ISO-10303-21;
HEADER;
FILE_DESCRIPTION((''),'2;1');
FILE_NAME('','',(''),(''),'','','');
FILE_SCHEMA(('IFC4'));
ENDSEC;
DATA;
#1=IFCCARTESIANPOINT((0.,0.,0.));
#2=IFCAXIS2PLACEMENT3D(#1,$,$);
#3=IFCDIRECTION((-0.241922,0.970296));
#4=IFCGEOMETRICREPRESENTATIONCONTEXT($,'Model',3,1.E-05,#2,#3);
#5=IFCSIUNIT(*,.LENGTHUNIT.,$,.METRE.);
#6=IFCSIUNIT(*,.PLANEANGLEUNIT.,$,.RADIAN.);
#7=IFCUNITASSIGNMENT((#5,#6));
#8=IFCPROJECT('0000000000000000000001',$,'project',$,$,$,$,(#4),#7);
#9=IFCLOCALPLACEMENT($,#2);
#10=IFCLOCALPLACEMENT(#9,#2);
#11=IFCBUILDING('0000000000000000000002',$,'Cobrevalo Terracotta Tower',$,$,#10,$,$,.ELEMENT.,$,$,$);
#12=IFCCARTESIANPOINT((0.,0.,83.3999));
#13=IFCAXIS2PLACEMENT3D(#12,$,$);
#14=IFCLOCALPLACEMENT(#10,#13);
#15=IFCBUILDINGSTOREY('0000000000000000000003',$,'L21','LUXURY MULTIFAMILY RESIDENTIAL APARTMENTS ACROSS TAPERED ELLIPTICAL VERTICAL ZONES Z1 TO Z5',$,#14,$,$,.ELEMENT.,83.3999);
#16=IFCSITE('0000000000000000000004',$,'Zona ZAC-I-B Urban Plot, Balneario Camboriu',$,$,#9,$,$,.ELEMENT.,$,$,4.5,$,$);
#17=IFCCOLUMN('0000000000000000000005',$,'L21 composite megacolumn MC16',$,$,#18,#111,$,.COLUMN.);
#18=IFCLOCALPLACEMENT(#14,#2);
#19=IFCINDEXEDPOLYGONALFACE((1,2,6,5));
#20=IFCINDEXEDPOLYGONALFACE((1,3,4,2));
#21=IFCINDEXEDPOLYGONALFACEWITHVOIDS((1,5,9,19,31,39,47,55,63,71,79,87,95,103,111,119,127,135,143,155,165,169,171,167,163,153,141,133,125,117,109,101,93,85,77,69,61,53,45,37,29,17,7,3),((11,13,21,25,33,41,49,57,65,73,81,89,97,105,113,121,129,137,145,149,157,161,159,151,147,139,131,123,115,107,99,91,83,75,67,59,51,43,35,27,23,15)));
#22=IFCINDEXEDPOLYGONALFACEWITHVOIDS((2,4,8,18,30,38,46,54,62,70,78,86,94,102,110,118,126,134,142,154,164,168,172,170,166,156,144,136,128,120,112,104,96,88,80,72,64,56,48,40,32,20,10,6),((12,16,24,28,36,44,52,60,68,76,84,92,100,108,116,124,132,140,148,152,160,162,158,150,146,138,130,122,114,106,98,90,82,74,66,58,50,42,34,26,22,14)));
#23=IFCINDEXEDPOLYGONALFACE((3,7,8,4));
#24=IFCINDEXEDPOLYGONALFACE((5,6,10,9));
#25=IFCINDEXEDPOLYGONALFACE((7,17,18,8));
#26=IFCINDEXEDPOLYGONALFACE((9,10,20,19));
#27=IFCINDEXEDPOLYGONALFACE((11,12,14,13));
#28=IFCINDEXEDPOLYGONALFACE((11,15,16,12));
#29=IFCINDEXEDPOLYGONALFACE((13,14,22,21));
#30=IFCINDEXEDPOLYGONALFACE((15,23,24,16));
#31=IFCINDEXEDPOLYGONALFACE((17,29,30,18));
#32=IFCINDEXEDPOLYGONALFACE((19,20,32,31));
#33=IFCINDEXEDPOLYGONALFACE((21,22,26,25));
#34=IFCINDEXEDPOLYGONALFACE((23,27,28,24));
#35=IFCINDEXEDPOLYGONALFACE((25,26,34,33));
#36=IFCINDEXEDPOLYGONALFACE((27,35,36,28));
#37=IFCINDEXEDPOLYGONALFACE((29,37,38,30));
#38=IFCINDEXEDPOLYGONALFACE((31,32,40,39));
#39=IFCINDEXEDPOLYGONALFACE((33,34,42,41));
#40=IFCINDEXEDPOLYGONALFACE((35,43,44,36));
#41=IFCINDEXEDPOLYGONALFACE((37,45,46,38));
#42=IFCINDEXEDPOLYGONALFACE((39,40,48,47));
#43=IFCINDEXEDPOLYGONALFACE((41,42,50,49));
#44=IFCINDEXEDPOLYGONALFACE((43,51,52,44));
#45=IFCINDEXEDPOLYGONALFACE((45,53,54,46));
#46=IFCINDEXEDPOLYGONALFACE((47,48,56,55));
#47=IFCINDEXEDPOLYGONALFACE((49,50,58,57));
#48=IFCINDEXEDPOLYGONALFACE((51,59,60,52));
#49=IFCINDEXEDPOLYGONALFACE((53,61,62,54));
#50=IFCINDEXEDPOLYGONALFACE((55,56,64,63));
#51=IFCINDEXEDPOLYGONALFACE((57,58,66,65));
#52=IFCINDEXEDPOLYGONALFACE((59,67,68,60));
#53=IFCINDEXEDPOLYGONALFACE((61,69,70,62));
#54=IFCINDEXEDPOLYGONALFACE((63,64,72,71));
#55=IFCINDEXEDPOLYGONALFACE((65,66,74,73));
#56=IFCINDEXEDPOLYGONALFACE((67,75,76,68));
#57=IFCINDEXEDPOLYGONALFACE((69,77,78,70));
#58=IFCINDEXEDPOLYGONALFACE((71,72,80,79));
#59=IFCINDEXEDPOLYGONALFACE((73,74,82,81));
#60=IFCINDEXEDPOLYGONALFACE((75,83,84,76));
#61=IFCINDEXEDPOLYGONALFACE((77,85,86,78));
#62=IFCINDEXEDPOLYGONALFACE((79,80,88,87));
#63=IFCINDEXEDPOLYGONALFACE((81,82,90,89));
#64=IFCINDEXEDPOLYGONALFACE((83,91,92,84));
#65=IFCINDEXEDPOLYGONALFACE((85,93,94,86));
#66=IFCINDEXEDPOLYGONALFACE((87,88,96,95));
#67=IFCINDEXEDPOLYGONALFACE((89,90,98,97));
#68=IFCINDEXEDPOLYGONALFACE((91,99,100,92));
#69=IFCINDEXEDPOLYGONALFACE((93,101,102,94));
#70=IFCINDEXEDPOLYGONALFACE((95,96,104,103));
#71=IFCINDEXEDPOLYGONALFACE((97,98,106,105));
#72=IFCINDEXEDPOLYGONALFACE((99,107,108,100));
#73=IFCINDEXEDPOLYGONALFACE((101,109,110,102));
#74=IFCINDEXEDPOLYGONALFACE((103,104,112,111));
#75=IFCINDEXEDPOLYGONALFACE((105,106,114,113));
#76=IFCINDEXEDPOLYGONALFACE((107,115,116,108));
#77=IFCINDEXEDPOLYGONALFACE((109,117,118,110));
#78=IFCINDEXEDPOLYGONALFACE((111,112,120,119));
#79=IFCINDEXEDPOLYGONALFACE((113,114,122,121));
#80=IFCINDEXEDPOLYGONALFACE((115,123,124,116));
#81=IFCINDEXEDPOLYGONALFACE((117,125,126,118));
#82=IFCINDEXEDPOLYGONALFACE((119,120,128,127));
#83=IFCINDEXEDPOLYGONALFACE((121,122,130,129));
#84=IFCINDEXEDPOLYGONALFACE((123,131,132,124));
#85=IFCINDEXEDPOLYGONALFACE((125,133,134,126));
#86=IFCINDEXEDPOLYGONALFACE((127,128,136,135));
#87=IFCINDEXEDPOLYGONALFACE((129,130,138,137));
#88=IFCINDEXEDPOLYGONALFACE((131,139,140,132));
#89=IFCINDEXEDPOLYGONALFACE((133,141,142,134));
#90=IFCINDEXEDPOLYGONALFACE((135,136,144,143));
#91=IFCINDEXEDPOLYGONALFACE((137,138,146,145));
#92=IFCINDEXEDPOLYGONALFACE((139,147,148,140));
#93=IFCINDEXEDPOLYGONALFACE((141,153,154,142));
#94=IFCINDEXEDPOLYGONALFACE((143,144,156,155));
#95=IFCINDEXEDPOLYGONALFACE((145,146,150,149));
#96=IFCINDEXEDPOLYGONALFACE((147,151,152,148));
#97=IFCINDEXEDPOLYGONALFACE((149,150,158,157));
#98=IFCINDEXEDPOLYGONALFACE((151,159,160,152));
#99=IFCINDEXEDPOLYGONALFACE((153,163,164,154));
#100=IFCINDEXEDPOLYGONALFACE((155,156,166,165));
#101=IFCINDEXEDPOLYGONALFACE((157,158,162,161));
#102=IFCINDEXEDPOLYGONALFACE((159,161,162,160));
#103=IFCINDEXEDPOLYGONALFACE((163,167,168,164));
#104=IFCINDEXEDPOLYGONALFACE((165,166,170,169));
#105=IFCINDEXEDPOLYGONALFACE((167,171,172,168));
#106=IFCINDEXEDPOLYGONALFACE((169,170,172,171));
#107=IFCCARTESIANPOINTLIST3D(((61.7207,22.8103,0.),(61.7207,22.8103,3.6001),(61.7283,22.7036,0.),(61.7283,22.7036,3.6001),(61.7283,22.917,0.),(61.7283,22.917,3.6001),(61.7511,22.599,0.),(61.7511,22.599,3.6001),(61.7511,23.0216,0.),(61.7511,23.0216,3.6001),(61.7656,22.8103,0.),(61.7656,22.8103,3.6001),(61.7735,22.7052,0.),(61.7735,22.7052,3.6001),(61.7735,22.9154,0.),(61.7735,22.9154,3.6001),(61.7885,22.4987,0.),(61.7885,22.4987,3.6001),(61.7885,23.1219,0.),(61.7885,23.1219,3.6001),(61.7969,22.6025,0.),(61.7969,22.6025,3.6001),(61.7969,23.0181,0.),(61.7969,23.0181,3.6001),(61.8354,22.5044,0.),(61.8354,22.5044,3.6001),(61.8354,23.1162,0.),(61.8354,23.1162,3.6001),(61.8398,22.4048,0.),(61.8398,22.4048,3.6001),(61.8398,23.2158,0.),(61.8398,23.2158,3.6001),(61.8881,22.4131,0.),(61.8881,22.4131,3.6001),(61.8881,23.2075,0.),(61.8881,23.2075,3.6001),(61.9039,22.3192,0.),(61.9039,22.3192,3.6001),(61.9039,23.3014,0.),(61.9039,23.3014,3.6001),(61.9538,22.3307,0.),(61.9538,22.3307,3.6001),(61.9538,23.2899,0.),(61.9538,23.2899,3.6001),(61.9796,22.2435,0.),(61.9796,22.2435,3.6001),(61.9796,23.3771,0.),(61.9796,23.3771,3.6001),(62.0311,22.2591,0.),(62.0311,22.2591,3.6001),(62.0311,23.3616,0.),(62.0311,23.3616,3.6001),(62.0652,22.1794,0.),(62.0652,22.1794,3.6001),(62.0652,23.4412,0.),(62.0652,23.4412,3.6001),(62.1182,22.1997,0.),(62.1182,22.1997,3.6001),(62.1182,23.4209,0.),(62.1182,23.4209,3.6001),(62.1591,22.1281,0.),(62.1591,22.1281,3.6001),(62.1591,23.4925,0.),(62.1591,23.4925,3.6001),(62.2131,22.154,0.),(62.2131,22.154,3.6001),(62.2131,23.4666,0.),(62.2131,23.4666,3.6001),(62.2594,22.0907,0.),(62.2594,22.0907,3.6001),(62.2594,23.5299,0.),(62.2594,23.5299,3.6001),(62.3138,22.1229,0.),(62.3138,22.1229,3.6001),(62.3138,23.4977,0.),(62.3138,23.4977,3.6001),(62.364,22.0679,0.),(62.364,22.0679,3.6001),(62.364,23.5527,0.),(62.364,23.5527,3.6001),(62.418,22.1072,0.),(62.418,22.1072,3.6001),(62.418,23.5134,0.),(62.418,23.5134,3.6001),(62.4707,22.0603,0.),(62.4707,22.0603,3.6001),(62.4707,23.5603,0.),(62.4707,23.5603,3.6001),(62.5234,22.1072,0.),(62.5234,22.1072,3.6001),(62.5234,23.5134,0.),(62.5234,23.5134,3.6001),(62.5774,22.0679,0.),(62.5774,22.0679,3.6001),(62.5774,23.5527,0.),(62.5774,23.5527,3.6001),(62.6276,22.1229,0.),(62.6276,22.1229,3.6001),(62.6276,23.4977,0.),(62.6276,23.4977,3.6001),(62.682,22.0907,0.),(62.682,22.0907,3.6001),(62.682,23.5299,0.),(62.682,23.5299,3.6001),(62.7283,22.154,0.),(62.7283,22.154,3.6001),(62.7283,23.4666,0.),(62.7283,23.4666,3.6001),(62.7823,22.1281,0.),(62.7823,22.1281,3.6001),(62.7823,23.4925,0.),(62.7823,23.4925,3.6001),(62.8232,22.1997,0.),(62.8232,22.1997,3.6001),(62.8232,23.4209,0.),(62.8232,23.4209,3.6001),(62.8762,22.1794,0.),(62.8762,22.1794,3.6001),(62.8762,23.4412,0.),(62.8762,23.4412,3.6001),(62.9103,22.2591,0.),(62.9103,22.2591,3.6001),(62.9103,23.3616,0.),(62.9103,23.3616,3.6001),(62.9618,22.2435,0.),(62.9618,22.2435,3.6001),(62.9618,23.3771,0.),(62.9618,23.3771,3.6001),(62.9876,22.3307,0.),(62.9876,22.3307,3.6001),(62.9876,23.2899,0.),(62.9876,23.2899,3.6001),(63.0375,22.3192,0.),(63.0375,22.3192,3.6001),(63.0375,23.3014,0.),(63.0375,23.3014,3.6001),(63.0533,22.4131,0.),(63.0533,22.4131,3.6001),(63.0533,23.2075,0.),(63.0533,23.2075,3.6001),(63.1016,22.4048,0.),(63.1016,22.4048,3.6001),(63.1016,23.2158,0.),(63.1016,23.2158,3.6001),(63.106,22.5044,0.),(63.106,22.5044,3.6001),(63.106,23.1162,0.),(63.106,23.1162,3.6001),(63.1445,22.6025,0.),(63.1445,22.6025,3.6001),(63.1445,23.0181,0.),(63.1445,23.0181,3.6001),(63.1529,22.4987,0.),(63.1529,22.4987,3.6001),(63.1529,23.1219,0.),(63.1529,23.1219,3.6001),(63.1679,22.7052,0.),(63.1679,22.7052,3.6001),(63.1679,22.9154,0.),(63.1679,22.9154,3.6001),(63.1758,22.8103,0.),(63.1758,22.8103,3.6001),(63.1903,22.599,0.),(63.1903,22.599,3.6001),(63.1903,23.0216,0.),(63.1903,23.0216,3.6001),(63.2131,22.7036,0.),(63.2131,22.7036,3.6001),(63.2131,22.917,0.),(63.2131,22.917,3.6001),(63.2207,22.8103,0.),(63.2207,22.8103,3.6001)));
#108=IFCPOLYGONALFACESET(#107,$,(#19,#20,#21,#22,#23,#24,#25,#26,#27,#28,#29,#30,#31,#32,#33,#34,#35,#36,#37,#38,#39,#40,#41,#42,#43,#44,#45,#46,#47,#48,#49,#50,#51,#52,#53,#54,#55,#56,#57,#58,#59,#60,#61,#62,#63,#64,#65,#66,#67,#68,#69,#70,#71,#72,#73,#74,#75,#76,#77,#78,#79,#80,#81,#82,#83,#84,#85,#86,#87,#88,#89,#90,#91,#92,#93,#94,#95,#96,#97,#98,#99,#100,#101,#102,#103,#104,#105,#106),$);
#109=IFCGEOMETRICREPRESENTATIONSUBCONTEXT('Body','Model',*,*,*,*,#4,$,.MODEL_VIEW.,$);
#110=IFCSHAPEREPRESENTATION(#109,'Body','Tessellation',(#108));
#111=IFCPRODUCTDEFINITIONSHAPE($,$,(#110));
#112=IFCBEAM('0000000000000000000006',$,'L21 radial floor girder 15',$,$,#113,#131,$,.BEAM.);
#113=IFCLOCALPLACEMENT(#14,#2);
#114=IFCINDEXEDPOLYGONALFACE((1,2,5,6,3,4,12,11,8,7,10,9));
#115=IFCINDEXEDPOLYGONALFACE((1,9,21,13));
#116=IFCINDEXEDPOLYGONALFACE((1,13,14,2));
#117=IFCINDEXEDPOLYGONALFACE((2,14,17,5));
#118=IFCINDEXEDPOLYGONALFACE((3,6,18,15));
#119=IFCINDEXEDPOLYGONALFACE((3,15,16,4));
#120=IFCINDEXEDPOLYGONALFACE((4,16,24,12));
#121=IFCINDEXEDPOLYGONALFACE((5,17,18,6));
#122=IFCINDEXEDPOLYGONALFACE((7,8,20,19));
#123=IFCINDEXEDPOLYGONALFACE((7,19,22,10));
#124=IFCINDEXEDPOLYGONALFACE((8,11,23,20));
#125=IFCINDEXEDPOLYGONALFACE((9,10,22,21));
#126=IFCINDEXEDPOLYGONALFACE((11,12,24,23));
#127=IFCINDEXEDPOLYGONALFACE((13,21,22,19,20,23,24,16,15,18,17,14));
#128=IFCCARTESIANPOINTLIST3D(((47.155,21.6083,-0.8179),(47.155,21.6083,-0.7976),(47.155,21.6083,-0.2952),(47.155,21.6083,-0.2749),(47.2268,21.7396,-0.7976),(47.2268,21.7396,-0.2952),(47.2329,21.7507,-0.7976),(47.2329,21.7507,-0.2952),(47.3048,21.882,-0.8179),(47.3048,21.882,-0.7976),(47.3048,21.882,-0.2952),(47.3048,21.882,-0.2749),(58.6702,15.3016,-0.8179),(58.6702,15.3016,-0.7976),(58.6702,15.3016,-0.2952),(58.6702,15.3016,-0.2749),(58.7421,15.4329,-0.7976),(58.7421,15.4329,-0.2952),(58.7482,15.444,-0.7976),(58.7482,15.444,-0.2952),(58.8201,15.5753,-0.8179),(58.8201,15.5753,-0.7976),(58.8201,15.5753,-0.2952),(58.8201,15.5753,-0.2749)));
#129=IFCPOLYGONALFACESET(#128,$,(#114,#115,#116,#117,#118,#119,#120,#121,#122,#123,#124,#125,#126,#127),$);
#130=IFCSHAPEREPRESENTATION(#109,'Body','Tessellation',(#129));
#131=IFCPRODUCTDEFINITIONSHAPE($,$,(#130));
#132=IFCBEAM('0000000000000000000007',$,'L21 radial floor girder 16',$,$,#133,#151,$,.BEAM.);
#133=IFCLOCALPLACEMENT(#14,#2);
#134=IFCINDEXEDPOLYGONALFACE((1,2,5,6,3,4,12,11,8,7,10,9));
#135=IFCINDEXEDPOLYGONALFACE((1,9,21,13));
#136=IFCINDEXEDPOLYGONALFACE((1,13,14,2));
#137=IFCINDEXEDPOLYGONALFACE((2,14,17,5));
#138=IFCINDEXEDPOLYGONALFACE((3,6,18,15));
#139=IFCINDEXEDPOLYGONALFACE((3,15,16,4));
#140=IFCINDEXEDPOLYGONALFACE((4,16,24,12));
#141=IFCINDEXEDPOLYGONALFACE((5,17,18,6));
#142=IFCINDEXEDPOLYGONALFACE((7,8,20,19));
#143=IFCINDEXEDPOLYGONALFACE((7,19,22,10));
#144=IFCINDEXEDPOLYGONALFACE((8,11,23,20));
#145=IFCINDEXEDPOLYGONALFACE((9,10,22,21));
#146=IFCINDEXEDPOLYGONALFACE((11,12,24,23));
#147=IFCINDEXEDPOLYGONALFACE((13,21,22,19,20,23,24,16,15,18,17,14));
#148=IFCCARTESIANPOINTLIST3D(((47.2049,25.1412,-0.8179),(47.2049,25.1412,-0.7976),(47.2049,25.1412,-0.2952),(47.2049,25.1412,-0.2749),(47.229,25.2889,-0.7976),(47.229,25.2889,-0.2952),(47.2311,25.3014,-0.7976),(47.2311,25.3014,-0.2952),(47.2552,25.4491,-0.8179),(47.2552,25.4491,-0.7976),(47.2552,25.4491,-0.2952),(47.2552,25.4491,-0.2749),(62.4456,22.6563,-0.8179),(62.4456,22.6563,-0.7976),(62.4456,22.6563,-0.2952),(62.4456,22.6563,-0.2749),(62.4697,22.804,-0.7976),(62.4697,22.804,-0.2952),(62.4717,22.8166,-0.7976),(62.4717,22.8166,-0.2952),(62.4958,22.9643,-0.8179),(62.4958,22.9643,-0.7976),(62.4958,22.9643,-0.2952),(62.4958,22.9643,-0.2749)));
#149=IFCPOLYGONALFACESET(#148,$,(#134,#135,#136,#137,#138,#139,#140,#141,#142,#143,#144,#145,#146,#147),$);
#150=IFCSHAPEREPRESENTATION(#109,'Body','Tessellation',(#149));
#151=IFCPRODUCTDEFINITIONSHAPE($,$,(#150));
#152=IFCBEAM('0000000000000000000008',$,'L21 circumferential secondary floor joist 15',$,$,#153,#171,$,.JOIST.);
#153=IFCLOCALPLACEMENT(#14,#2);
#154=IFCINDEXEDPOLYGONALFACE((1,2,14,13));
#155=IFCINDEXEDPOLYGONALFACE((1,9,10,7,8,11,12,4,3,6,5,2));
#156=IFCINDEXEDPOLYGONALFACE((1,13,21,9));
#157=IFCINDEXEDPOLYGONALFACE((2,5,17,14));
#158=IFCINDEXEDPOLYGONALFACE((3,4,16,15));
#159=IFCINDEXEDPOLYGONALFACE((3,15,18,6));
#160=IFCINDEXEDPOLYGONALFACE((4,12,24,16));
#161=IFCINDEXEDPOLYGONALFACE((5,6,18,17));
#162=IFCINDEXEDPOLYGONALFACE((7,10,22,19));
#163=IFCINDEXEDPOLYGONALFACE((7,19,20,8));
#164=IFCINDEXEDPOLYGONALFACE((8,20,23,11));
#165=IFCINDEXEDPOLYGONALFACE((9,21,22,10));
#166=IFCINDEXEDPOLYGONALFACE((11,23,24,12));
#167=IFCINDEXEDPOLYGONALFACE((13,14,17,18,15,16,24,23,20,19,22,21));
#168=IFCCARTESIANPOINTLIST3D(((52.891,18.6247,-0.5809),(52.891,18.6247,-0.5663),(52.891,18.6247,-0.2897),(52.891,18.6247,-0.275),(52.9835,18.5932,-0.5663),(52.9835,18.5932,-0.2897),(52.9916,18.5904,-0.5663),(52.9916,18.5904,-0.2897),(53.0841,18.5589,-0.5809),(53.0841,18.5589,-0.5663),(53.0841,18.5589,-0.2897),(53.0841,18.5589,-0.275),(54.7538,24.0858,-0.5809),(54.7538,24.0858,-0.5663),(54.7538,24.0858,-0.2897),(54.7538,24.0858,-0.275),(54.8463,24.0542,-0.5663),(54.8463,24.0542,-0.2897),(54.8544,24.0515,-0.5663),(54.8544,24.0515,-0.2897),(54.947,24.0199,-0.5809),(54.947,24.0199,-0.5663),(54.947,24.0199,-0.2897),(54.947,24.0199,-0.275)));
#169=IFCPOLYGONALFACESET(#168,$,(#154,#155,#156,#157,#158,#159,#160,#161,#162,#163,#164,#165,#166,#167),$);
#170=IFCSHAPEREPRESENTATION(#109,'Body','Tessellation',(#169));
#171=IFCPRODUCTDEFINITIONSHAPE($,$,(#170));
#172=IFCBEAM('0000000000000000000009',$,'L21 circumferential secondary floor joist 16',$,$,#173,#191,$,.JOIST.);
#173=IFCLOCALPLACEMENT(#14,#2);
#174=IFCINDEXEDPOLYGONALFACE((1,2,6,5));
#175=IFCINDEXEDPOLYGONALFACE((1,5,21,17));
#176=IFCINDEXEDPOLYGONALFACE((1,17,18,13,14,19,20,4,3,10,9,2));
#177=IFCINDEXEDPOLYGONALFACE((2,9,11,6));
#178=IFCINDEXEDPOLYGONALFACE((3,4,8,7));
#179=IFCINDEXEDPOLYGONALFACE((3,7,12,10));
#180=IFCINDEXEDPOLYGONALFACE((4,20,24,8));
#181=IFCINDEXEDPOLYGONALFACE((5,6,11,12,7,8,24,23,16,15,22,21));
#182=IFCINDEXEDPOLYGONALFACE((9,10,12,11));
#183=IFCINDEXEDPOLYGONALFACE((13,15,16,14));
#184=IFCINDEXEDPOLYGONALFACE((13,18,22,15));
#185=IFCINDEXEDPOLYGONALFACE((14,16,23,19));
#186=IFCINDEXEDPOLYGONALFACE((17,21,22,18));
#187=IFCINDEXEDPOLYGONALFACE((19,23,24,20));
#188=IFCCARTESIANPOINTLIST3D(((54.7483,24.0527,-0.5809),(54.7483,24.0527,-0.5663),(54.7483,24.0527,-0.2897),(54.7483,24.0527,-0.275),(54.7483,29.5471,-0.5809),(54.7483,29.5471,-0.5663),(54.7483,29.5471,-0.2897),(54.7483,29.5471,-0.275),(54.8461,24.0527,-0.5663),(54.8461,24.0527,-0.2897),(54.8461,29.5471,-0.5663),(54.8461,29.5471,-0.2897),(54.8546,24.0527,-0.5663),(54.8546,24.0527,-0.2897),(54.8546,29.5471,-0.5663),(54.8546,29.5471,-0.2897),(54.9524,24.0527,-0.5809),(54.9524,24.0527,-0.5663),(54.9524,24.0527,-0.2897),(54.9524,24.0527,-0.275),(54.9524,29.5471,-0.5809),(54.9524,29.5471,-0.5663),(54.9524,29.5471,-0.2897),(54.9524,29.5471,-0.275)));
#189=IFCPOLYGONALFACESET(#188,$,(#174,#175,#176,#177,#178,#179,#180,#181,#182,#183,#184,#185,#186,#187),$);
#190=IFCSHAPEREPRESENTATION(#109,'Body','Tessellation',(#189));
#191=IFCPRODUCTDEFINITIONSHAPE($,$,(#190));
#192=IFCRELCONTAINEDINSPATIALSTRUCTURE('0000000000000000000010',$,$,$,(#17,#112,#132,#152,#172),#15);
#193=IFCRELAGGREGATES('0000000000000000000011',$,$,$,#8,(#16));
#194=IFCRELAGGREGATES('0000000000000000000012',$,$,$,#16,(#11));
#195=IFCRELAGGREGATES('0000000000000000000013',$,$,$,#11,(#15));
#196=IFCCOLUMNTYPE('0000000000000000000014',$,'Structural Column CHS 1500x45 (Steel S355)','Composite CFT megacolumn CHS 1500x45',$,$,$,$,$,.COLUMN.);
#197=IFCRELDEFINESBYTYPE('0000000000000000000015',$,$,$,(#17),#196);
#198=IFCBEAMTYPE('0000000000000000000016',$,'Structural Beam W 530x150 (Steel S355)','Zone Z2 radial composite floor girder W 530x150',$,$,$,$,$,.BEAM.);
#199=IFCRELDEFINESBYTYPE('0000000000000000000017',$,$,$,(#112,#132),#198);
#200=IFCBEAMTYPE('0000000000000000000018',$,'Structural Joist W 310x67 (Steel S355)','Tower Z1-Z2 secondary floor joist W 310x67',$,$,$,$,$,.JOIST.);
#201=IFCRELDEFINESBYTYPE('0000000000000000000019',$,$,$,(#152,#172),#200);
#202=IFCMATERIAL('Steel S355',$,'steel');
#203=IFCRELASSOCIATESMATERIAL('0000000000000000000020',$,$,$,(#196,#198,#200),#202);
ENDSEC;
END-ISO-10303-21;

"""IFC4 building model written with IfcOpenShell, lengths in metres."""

from ifc_helpers import new_model, si_unit, direction, frame, origin, origin_2d, place, context, subcontext, project, spatial, hollow_circle, i_section, extrude, material, material_profile, profile_set, type_object, element, save


model = new_model("IFC4")

# Units and contexts
model_context = context("Model", 3, precision=1e-05, world=origin(), true_north=direction((-0.241922, 0.970296)))
body_context = subcontext(model_context, "Body", "Model", "MODEL_VIEW")
ifc_project = project(units=[si_unit("LENGTHUNIT", "METRE"), si_unit("PLANEANGLEUNIT", "RADIAN")], contexts=[model_context])

# Site, building, storey
site_placement = place(None, origin())
site = spatial("IfcSite", under=ifc_project, at=site_placement, Name="Zona ZAC-I-B Urban Plot, Balneario Camboriu", CompositionType="ELEMENT", RefElevation=4.5)
building_placement = place(site_placement, origin())
building = spatial("IfcBuilding", under=site, at=building_placement, Name="Cobrevalo Terracotta Tower", CompositionType="ELEMENT")
storey_placement = place(building_placement, frame((0.0, 0.0, 83.3999)))
storey = spatial("IfcBuildingStorey", under=building, at=storey_placement, Name="L21", Description="LUXURY MULTIFAMILY RESIDENTIAL APARTMENTS ACROSS TAPERED ELLIPTICAL VERTICAL ZONES Z1 TO Z5", CompositionType="ELEMENT", Elevation=83.3999)

# Column
ifc_material_1 = material(Name="Steel S355", Category="steel")
ifc_material_profile_1 = material_profile(ifc_material_1, hollow_circle(Radius=0.75, WallThickness=0.0449, at=origin_2d()), Name="CHS 1500x45")
ifc_profile_set_1 = profile_set([ifc_material_profile_1], Name="Steel S355")
column_type = type_object("IfcColumnType", Name="Structural Column CHS 1500x45 (Steel S355)", Description="Composite CFT megacolumn CHS 1500x45", PredefinedType="COLUMN", material=ifc_profile_set_1)
column_placement = place(storey_placement, frame((62.4707, 22.8103, 0.0), z_axis=(0.0, 0.0, 1.0), x_axis=(1.0, 0.0, 0.0)))
element("IfcColumn", 1, at=column_placement, inside=storey, type_object=column_type, Name="L21 composite megacolumn MC16", PredefinedType="COLUMN", context=body_context, shape_type="SweptSolid", body=[
    extrude(hollow_circle(Radius=0.75, WallThickness=0.0449, at=origin_2d()), origin(), (0.0, 0.0, 1.0), 3.6001),
])

# Beams
ifc_material_profile_2 = material_profile(ifc_material_1, i_section(OverallWidth=0.312, OverallDepth=0.543, WebThickness=0.0127, FlangeThickness=0.0203, at=origin_2d()), Name="W 530x150")
ifc_profile_set_2 = profile_set([ifc_material_profile_2], Name="Steel S355")
beam_type_1 = type_object("IfcBeamType", Name="Structural Beam W 530x150 (Steel S355)", Description="Zone Z2 radial composite floor girder W 530x150", PredefinedType="BEAM", material=ifc_profile_set_2)
beam_1_placement = place(storey_placement, frame((58.7451, 15.4385, -0.5464), z_axis=(-0.877073, 0.480358, 0.0), x_axis=(-0.480358, -0.877073, 0.0)))
element("IfcBeam", 2, at=beam_1_placement, inside=storey, type_object=beam_type_1, Name="L21 radial floor girder 15", PredefinedType="BEAM", context=body_context, shape_type="SweptSolid", body=[
    extrude(i_section(OverallWidth=0.312, OverallDepth=0.543, WebThickness=0.0127, FlangeThickness=0.0203, at=origin_2d()), origin(), (0.0, 0.0, 1.0), 13.1292),
])
beam_2_placement = place(storey_placement, frame((62.4707, 22.8103, -0.5464), z_axis=(-0.986968, 0.160916, 0.0), x_axis=(-0.160916, -0.986968, 0.0)))
element("IfcBeam", 3, at=beam_2_placement, inside=storey, type_object=beam_type_1, Name="L21 radial floor girder 16", PredefinedType="BEAM", context=body_context, shape_type="SweptSolid", body=[
    extrude(i_section(OverallWidth=0.312, OverallDepth=0.543, WebThickness=0.0127, FlangeThickness=0.0203, at=origin_2d()), origin(), (0.0, 0.0, 1.0), 15.4419),
])
ifc_material_profile_3 = material_profile(ifc_material_1, i_section(OverallWidth=0.2041, OverallDepth=0.3059, WebThickness=0.0085, FlangeThickness=0.0146, at=origin_2d()), Name="W 310x67")
ifc_profile_set_3 = profile_set([ifc_material_profile_3], Name="Steel S355")
beam_type_2 = type_object("IfcBeamType", Name="Structural Joist W 310x67 (Steel S355)", Description="Tower Z1-Z2 secondary floor joist W 310x67", PredefinedType="JOIST", material=ifc_profile_set_3)
beam_3_placement = place(storey_placement, frame((52.9875, 18.5918, -0.428), z_axis=(0.322846, 0.946451, 0.0), x_axis=(-0.946451, 0.322846, 0.0)))
element("IfcBeam", 4, at=beam_3_placement, inside=storey, type_object=beam_type_2, Name="L21 circumferential secondary floor joist 15", PredefinedType="JOIST", context=body_context, shape_type="SweptSolid", body=[
    extrude(i_section(OverallWidth=0.2041, OverallDepth=0.3059, WebThickness=0.0085, FlangeThickness=0.0146, at=origin_2d()), origin(), (0.0, 0.0, 1.0), 5.77),
])
beam_4_placement = place(storey_placement, frame((54.8503, 24.0527, -0.428), z_axis=(0.0, 1.0, 0.0), x_axis=(-1.0, 0.0, 0.0)))
element("IfcBeam", 5, at=beam_4_placement, inside=storey, type_object=beam_type_2, Name="L21 circumferential secondary floor joist 16", PredefinedType="JOIST", context=body_context, shape_type="SweptSolid", body=[
    extrude(i_section(OverallWidth=0.2041, OverallDepth=0.3059, WebThickness=0.0085, FlangeThickness=0.0146, at=origin_2d()), origin(), (0.0, 0.0, 1.0), 5.4944),
])

save(model, "model.ifc")
